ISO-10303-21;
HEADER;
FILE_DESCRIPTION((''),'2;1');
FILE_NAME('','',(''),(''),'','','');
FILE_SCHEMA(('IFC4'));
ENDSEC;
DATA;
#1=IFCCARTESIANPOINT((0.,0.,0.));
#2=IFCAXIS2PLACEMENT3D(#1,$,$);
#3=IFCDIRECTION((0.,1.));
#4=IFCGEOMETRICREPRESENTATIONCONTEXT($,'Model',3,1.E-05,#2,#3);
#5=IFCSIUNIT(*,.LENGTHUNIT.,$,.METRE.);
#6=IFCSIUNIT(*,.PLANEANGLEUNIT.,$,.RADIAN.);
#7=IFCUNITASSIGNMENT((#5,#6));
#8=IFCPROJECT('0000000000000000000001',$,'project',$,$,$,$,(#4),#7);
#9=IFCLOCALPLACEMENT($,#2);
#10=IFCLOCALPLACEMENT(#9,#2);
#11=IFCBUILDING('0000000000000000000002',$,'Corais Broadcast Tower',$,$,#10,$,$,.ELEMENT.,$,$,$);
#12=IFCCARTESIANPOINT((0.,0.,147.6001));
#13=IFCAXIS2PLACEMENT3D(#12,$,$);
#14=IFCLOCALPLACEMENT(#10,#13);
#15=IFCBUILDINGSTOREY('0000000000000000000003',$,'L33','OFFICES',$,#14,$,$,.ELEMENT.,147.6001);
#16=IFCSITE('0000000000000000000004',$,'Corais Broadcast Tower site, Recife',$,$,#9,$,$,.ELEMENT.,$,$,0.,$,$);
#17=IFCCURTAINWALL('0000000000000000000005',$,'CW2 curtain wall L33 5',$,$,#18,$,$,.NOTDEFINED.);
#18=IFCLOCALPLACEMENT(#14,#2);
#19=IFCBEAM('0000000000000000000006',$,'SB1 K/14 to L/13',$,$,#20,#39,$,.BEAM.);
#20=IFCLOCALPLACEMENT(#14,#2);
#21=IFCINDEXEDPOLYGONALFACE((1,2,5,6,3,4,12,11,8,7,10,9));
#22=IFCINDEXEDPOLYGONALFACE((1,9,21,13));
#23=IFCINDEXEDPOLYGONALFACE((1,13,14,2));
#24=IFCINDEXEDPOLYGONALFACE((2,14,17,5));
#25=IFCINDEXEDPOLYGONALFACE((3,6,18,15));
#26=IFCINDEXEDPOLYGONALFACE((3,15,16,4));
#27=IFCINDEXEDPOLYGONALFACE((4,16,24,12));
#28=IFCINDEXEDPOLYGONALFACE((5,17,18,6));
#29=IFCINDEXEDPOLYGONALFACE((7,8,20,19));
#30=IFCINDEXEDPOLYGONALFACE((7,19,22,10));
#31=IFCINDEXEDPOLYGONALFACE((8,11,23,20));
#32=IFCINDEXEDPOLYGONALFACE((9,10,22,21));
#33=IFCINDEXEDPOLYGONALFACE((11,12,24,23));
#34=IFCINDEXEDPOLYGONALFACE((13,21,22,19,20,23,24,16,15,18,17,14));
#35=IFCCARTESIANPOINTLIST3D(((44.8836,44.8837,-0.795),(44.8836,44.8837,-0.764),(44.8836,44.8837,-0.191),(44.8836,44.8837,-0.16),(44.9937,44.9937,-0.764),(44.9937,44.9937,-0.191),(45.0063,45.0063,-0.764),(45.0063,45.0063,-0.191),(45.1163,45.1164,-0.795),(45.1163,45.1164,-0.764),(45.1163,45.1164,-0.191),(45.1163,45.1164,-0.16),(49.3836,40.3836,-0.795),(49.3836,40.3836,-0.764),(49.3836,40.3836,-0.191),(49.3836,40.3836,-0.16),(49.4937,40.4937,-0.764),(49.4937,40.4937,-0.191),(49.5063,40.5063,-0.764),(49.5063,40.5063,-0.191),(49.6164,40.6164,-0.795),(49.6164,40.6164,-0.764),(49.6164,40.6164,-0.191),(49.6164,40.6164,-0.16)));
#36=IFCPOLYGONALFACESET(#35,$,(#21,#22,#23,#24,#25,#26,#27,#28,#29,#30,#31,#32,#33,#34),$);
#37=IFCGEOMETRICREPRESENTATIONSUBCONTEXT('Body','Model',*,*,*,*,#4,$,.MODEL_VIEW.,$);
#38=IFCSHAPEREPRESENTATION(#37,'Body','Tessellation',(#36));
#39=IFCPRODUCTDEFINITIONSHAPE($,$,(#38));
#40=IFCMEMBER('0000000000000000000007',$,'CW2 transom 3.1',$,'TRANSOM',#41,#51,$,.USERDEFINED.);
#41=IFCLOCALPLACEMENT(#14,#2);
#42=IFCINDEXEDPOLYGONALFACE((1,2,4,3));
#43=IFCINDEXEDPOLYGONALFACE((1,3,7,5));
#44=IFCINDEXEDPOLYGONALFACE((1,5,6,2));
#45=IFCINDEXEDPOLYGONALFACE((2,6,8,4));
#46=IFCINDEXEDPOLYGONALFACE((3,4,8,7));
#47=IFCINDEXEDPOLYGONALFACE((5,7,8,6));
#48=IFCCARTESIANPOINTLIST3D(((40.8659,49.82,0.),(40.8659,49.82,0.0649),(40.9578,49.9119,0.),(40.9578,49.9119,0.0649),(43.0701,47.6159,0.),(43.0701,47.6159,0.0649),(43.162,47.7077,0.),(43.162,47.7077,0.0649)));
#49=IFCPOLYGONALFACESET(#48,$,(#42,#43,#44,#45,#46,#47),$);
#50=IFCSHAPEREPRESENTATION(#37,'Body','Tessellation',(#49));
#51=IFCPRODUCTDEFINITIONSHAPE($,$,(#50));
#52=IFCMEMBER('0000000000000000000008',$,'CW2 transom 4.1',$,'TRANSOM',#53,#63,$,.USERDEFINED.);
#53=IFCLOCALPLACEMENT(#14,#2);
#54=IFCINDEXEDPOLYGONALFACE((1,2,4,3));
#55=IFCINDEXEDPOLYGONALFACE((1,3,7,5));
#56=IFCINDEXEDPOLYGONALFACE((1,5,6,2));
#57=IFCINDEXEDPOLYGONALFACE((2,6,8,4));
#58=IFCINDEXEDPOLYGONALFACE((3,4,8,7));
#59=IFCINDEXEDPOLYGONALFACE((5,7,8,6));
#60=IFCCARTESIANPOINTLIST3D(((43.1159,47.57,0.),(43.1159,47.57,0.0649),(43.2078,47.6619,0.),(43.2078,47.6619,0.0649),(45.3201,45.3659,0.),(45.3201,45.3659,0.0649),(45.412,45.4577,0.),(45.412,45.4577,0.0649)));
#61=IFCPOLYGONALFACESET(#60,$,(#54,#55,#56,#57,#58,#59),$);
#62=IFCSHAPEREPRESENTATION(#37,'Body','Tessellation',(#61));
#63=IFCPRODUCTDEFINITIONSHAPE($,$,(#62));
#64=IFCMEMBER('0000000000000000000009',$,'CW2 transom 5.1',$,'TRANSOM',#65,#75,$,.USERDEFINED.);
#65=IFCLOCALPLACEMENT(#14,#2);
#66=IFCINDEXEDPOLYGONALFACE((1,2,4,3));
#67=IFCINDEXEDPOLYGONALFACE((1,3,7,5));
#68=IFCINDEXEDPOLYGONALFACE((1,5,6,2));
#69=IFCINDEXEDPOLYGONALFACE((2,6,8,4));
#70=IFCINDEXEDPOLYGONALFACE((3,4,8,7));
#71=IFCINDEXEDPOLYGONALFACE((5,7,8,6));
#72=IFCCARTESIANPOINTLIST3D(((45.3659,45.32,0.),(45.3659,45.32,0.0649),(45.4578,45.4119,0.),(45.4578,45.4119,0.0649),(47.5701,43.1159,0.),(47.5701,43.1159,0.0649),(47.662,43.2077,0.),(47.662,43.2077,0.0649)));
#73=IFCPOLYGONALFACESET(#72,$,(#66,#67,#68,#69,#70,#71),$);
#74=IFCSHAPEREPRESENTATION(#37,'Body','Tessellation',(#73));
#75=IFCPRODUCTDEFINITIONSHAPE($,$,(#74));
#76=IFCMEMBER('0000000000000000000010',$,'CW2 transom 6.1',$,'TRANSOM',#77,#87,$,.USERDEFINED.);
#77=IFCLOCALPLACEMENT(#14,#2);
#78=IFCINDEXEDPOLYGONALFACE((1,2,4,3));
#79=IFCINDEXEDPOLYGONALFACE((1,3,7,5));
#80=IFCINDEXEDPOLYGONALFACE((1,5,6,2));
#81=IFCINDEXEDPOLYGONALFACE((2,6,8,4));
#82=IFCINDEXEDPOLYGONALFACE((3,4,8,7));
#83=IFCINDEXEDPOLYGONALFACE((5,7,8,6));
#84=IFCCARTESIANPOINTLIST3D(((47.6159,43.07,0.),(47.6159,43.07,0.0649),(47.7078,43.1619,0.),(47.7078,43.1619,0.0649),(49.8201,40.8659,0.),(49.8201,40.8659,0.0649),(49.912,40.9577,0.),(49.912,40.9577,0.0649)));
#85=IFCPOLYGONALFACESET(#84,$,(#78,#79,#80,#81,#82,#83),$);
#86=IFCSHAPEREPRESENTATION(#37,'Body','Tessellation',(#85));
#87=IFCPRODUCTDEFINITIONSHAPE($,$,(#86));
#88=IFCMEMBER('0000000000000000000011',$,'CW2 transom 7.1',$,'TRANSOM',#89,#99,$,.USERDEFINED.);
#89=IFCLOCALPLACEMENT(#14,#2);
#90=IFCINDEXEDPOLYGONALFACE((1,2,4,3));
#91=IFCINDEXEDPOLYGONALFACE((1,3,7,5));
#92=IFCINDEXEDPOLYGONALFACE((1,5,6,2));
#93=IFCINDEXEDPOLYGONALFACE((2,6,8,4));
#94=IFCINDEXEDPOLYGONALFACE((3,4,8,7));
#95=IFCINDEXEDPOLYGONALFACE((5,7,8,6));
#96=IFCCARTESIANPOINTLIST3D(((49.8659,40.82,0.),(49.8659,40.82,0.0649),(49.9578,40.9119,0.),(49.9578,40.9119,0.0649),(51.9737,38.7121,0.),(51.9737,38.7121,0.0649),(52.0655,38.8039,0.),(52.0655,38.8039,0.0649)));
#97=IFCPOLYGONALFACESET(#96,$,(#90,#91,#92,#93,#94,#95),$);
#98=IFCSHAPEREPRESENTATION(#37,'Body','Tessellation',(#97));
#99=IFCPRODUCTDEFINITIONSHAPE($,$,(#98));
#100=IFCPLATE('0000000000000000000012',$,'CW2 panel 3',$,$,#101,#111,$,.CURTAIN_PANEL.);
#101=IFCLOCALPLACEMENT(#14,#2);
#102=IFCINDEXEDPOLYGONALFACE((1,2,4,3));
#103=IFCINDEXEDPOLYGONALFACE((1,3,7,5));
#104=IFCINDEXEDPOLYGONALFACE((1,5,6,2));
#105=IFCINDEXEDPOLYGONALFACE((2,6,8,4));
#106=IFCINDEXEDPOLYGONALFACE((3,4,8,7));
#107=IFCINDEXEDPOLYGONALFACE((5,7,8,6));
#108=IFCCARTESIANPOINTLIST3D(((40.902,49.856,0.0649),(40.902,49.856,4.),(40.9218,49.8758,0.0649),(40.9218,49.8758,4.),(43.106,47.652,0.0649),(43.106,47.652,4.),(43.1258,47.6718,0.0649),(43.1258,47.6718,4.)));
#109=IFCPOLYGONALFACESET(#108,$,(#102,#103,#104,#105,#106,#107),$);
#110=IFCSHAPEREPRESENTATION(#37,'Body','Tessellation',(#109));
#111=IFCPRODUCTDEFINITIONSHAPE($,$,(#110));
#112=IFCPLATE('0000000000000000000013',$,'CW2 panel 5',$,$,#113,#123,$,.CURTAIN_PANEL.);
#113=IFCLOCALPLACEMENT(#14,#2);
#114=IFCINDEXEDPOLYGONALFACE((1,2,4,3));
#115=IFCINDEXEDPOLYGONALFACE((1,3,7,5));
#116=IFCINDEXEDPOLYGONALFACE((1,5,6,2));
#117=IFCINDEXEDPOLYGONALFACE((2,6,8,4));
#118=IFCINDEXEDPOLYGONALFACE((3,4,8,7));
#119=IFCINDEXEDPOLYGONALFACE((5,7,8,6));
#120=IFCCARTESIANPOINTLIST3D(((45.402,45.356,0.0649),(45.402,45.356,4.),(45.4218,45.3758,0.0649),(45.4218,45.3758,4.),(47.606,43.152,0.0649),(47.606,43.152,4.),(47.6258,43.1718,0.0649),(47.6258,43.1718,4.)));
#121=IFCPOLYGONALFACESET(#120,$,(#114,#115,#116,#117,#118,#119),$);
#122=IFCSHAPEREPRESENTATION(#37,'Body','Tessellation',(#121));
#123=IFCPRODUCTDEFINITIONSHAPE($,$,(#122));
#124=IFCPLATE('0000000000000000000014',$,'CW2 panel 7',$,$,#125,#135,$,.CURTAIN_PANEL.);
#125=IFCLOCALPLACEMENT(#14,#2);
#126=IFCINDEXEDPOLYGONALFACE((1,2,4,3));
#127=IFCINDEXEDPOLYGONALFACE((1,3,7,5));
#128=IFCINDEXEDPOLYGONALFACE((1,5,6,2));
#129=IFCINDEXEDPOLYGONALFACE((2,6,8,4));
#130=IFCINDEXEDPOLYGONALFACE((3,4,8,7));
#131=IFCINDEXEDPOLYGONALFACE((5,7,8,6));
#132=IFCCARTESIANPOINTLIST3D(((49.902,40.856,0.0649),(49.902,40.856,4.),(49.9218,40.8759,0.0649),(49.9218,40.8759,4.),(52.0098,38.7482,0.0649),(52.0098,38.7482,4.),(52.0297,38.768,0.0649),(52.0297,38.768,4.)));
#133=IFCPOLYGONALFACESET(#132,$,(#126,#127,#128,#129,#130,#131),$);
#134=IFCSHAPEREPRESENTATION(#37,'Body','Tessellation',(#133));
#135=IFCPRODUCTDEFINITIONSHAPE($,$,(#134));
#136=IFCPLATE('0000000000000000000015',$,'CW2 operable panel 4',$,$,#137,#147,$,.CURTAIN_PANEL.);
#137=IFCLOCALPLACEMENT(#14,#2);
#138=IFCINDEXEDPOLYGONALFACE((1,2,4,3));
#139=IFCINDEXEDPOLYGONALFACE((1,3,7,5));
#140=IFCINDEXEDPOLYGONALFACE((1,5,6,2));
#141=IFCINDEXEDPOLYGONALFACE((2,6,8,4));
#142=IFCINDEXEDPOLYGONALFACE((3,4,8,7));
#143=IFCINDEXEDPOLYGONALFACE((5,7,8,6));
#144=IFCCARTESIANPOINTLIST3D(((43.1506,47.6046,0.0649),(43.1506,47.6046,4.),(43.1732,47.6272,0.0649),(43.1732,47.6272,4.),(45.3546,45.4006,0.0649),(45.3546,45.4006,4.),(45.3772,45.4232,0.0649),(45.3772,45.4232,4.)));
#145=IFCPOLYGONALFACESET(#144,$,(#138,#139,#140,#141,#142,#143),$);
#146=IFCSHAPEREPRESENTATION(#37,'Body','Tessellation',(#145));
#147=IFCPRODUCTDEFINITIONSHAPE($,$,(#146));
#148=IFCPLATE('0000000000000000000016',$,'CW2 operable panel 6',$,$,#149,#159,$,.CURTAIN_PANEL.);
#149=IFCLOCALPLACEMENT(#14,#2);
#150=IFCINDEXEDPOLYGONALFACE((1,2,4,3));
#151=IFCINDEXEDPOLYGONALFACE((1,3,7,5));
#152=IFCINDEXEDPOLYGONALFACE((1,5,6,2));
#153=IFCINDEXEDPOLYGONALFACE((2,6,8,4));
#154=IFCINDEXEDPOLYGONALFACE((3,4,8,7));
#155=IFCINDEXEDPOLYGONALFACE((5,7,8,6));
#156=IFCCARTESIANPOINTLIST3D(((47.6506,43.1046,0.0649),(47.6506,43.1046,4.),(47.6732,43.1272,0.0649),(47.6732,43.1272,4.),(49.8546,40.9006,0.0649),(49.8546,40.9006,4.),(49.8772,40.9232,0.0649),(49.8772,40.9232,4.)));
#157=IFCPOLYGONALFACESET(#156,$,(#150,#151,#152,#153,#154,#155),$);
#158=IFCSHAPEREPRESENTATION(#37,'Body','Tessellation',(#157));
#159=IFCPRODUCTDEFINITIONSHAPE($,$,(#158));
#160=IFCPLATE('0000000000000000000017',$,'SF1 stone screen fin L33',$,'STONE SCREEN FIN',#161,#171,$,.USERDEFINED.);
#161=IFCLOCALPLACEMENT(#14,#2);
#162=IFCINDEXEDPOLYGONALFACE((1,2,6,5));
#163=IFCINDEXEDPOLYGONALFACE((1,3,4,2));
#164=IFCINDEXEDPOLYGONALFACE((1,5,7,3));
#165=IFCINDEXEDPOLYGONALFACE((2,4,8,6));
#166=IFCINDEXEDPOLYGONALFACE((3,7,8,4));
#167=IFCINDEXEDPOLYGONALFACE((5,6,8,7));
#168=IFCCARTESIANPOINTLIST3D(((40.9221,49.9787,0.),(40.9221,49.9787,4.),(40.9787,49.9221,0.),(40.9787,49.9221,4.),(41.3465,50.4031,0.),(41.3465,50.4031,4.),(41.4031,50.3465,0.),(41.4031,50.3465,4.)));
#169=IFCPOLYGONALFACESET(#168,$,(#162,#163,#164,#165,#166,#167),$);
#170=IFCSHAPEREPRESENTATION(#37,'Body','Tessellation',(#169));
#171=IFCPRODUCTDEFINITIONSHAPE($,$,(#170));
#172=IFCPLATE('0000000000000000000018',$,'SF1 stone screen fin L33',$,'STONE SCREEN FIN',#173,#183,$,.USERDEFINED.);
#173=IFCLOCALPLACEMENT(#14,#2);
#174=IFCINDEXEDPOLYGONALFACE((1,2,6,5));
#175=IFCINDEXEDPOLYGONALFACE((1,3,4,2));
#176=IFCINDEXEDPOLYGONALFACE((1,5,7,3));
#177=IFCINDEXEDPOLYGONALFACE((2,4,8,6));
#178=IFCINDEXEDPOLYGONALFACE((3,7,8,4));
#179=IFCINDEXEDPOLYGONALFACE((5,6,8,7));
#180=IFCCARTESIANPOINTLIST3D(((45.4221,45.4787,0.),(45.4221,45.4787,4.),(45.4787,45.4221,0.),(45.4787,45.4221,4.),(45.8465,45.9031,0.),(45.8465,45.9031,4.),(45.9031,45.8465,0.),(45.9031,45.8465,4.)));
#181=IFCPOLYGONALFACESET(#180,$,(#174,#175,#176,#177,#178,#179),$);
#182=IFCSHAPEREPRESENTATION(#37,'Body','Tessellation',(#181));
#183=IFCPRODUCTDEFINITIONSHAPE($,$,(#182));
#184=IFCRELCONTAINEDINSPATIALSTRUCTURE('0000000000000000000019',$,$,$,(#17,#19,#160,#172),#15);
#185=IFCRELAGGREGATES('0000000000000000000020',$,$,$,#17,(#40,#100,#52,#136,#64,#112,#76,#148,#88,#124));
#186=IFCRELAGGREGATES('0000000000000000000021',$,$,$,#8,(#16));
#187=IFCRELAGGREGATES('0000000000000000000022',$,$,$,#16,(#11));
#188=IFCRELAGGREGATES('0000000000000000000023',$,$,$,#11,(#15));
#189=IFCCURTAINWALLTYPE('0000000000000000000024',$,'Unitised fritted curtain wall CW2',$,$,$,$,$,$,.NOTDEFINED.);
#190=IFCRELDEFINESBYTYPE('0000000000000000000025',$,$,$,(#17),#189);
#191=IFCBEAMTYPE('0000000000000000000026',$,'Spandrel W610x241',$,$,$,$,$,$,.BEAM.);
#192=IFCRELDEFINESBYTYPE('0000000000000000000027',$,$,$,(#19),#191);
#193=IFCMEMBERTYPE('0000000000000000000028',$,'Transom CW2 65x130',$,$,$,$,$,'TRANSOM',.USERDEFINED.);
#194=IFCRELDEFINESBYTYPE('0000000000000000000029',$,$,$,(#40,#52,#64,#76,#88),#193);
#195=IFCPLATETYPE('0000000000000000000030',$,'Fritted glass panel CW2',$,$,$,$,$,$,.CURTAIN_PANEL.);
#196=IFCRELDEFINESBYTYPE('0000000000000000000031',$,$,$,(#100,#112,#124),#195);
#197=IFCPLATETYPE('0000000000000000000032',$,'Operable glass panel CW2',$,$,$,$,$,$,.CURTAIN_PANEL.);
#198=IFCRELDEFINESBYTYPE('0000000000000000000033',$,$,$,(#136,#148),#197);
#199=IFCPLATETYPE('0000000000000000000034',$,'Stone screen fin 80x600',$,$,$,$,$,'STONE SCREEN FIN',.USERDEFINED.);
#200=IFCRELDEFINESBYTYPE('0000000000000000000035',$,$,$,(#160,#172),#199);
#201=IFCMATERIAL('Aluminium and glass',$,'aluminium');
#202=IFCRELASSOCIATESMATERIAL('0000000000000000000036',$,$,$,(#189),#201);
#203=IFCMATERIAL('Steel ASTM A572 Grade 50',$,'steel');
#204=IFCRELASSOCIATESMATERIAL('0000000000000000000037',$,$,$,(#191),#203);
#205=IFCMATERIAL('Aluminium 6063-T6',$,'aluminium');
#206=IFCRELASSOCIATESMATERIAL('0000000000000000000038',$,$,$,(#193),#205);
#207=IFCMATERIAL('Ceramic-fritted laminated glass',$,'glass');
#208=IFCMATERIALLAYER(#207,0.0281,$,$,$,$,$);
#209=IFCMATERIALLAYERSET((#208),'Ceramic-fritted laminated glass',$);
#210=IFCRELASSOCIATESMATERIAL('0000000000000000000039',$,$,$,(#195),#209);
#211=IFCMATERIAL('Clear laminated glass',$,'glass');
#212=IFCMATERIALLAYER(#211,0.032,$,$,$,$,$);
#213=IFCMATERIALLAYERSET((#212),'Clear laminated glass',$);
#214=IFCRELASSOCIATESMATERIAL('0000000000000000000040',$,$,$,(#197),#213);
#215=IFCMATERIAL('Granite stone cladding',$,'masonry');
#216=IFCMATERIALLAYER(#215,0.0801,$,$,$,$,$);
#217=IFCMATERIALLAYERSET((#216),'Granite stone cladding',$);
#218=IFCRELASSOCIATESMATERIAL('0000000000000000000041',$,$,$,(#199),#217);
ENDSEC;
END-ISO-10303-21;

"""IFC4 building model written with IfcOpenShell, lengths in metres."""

from ifc_helpers import new_model, si_unit, direction, frame, origin, origin_2d, place, context, subcontext, project, spatial, rectangle, i_section, extrude, material, layer, layer_set, material_profile, profile_set, type_object, element, aggregate, save


model = new_model("IFC4")

# Units and contexts
model_context = context("Model", 3, precision=1e-05, world=origin(), true_north=direction((0.0, 1.0)))
body_context = subcontext(model_context, "Body", "Model", "MODEL_VIEW")
ifc_project = project(units=[si_unit("LENGTHUNIT", "METRE"), si_unit("PLANEANGLEUNIT", "RADIAN")], contexts=[model_context])

# Site, building, storey
site_placement = place(None, origin())
site = spatial("IfcSite", under=ifc_project, at=site_placement, Name="Corais Broadcast Tower site, Recife", CompositionType="ELEMENT", RefElevation=0.0)
building_placement = place(site_placement, origin())
building = spatial("IfcBuilding", under=site, at=building_placement, Name="Corais Broadcast Tower", CompositionType="ELEMENT")
storey_placement = place(building_placement, frame((0.0, 0.0, 147.6001)))
storey = spatial("IfcBuildingStorey", under=building, at=storey_placement, Name="L33", Description="OFFICES", CompositionType="ELEMENT", Elevation=147.6001)

# Curtain wall
ifc_material_1 = material(Name="Aluminium and glass", Category="aluminium")
curtain_wall_type = type_object("IfcCurtainWallType", Name="Unitised fritted curtain wall CW2", PredefinedType="NOTDEFINED", material=ifc_material_1)
curtain_wall_placement = place(storey_placement, origin())
curtain_wall = element("IfcCurtainWall", 1, at=curtain_wall_placement, inside=storey, type_object=curtain_wall_type, Name="CW2 curtain wall L33 5", PredefinedType="NOTDEFINED")

# Beam
ifc_material_2 = material(Name="Steel ASTM A572 Grade 50", Category="steel")
ifc_material_profile_1 = material_profile(ifc_material_2, i_section(OverallWidth=0.3291, OverallDepth=0.635, WebThickness=0.0178, FlangeThickness=0.031, at=origin_2d()), Name="W610x241")
ifc_profile_set_1 = profile_set([ifc_material_profile_1], Name="Steel ASTM A572 Grade 50")
beam_type_1 = type_object("IfcBeamType", Name="Spandrel W610x241", PredefinedType="BEAM", material=ifc_profile_set_1)
for number, where, z_axis, x_axis, name in (
    (2, (49.5, 40.5, -0.4775), (-0.707107, 0.707107, 0.0), (-0.707107, -0.707107, 0.0), "SB1 K/14 to L/13"),
):
    element("IfcBeam", number, at=place(storey_placement, frame(where, z_axis=z_axis, x_axis=x_axis)), inside=storey, type_object=beam_type_1, Name=name, PredefinedType="BEAM", context=body_context, shape_type="SweptSolid", body=[
        extrude(i_section(OverallWidth=0.3291, OverallDepth=0.635, WebThickness=0.0178, FlangeThickness=0.031, at=origin_2d()), origin(), (0.0, 0.0, 1.0), 6.364),
    ])

# Members
ifc_material_3 = material(Name="Aluminium 6063-T6", Category="aluminium")
ifc_material_profile_2 = material_profile(ifc_material_3, rectangle(XDim=0.1299, YDim=0.0649, at=origin_2d()), Name="Transom CW2 65x130")
ifc_profile_set_2 = profile_set([ifc_material_profile_2], Name="Aluminium 6063-T6")
member_type_1 = type_object("IfcMemberType", Name="Transom CW2 65x130", ElementType="TRANSOM", PredefinedType="USERDEFINED", material=ifc_profile_set_2)
member_1_placement = place(storey_placement, frame((40.9119, 49.866, 0.0325), z_axis=(0.707107, -0.707107, 0.0), x_axis=(0.707107, 0.707107, 0.0)))
member_1 = element("IfcMember", 3, at=member_1_placement, type_object=member_type_1, Name="CW2 transom 3.1", ObjectType="TRANSOM", PredefinedType="USERDEFINED", context=body_context, shape_type="SweptSolid", body=[
    extrude(rectangle(XDim=0.1299, YDim=0.0649, at=origin_2d()), origin(), (0.0, 0.0, 1.0), 3.1172),
])
member_2_placement = place(storey_placement, frame((43.1619, 47.616, 0.0325), z_axis=(0.707107, -0.707107, 0.0), x_axis=(0.707107, 0.707107, 0.0)))
member_2 = element("IfcMember", 4, at=member_2_placement, type_object=member_type_1, Name="CW2 transom 4.1", ObjectType="TRANSOM", PredefinedType="USERDEFINED", context=body_context, shape_type="SweptSolid", body=[
    extrude(rectangle(XDim=0.1299, YDim=0.0649, at=origin_2d()), origin(), (0.0, 0.0, 1.0), 3.1172),
])
member_3_placement = place(storey_placement, frame((45.4119, 45.366, 0.0325), z_axis=(0.707107, -0.707107, 0.0), x_axis=(0.707107, 0.707107, 0.0)))
member_3 = element("IfcMember", 5, at=member_3_placement, type_object=member_type_1, Name="CW2 transom 5.1", ObjectType="TRANSOM", PredefinedType="USERDEFINED", context=body_context, shape_type="SweptSolid", body=[
    extrude(rectangle(XDim=0.1299, YDim=0.0649, at=origin_2d()), origin(), (0.0, 0.0, 1.0), 3.1172),
])
member_4_placement = place(storey_placement, frame((47.6619, 43.116, 0.0325), z_axis=(0.707107, -0.707107, 0.0), x_axis=(0.707107, 0.707107, 0.0)))
member_4 = element("IfcMember", 6, at=member_4_placement, type_object=member_type_1, Name="CW2 transom 6.1", ObjectType="TRANSOM", PredefinedType="USERDEFINED", context=body_context, shape_type="SweptSolid", body=[
    extrude(rectangle(XDim=0.1299, YDim=0.0649, at=origin_2d()), origin(), (0.0, 0.0, 1.0), 3.1172),
])
member_5_placement = place(storey_placement, frame((49.9119, 40.866, 0.0325), z_axis=(0.707066, -0.707148, 0.0), x_axis=(0.707148, 0.707066, 0.0)))
member_5 = element("IfcMember", 7, at=member_5_placement, type_object=member_type_1, Name="CW2 transom 7.1", ObjectType="TRANSOM", PredefinedType="USERDEFINED", context=body_context, shape_type="SweptSolid", body=[
    extrude(rectangle(XDim=0.1299, YDim=0.0649, at=origin_2d()), origin(), (0.0, 0.0, 1.0), 2.981),
])

# Plates
ifc_material_4 = material(Name="Ceramic-fritted laminated glass", Category="glass")
ifc_layer_1 = layer(ifc_material_4, 0.0281)
ifc_layer_set_1 = layer_set([ifc_layer_1], Name="Ceramic-fritted laminated glass")
plate_type_1 = type_object("IfcPlateType", Name="Fritted glass panel CW2", PredefinedType="CURTAIN_PANEL", material=ifc_layer_set_1)
plate_1_placement = place(storey_placement, frame((42.0139, 48.7639, 0.0649), z_axis=(0.0, 0.0, 1.0), x_axis=(0.707107, -0.707107, 0.0)))
plate_1 = element("IfcPlate", 8, at=plate_1_placement, type_object=plate_type_1, Name="CW2 panel 3", PredefinedType="CURTAIN_PANEL", context=body_context, shape_type="SweptSolid", body=[
    extrude(rectangle(XDim=3.1169, YDim=0.0281, at=origin_2d()), origin(), (0.0, 0.0, 1.0), 3.9351),
])
plate_2_placement = place(storey_placement, frame((46.5139, 44.2639, 0.0649), z_axis=(0.0, 0.0, 1.0), x_axis=(0.707107, -0.707107, 0.0)))
plate_2 = element("IfcPlate", 9, at=plate_2_placement, type_object=plate_type_1, Name="CW2 panel 5", PredefinedType="CURTAIN_PANEL", context=body_context, shape_type="SweptSolid", body=[
    extrude(rectangle(XDim=3.1169, YDim=0.0281, at=origin_2d()), origin(), (0.0, 0.0, 1.0), 3.9351),
])
plate_3_placement = place(storey_placement, frame((50.9658, 39.812, 0.0649), z_axis=(0.0, 0.0, 1.0), x_axis=(0.707107, -0.707107, 0.0)))
plate_3 = element("IfcPlate", 10, at=plate_3_placement, type_object=plate_type_1, Name="CW2 panel 7", PredefinedType="CURTAIN_PANEL", context=body_context, shape_type="SweptSolid", body=[
    extrude(rectangle(XDim=2.981, YDim=0.0281, at=origin_2d()), origin(), (0.0, 0.0, 1.0), 3.9351),
])
ifc_material_5 = material(Name="Clear laminated glass", Category="glass")
ifc_layer_2 = layer(ifc_material_5, 0.032)
ifc_layer_set_2 = layer_set([ifc_layer_2], Name="Clear laminated glass")
plate_type_2 = type_object("IfcPlateType", Name="Operable glass panel CW2", PredefinedType="CURTAIN_PANEL", material=ifc_layer_set_2)
plate_4_placement = place(storey_placement, frame((44.2639, 46.5139, 0.0649), z_axis=(0.0, 0.0, 1.0), x_axis=(0.707107, -0.707107, 0.0)))
plate_4 = element("IfcPlate", 11, at=plate_4_placement, type_object=plate_type_2, Name="CW2 operable panel 4", PredefinedType="CURTAIN_PANEL", context=body_context, shape_type="SweptSolid", body=[
    extrude(rectangle(XDim=3.1169, YDim=0.032, at=origin_2d()), origin(), (0.0, 0.0, 1.0), 3.9351),
])
plate_5_placement = place(storey_placement, frame((48.7639, 42.0139, 0.0649), z_axis=(0.0, 0.0, 1.0), x_axis=(0.707107, -0.707107, 0.0)))
plate_5 = element("IfcPlate", 12, at=plate_5_placement, type_object=plate_type_2, Name="CW2 operable panel 6", PredefinedType="CURTAIN_PANEL", context=body_context, shape_type="SweptSolid", body=[
    extrude(rectangle(XDim=3.1169, YDim=0.032, at=origin_2d()), origin(), (0.0, 0.0, 1.0), 3.9351),
])
aggregate(curtain_wall, [member_1, plate_1, member_2, plate_4, member_3, plate_2, member_4, plate_5, member_5, plate_3])

# Plates
ifc_material_6 = material(Name="Granite stone cladding", Category="masonry")
ifc_layer_3 = layer(ifc_material_6, 0.0801)
ifc_layer_set_3 = layer_set([ifc_layer_3], Name="Granite stone cladding")
plate_type_3 = type_object("IfcPlateType", Name="Stone screen fin 80x600", ElementType="STONE SCREEN FIN", PredefinedType="USERDEFINED", material=ifc_layer_set_3)
for number, where, z_axis, x_axis, name in (
    (13, (41.1626, 50.1626, 0.0), (0.0, 0.0, 1.0), (0.707107, -0.707107, 0.0), "SF1 stone screen fin L33"),
    (14, (45.6626, 45.6626, 0.0), (0.0, 0.0, 1.0), (0.707107, -0.707107, 0.0), "SF1 stone screen fin L33"),
):
    element("IfcPlate", number, at=place(storey_placement, frame(where, z_axis=z_axis, x_axis=x_axis)), inside=storey, type_object=plate_type_3, Name=name, ObjectType="STONE SCREEN FIN", PredefinedType="USERDEFINED", context=body_context, shape_type="SweptSolid", body=[
        extrude(rectangle(XDim=0.0801, YDim=0.6001, at=origin_2d()), origin(), (0.0, 0.0, 1.0), 4.0),
    ])

save(model, "model.ifc")
